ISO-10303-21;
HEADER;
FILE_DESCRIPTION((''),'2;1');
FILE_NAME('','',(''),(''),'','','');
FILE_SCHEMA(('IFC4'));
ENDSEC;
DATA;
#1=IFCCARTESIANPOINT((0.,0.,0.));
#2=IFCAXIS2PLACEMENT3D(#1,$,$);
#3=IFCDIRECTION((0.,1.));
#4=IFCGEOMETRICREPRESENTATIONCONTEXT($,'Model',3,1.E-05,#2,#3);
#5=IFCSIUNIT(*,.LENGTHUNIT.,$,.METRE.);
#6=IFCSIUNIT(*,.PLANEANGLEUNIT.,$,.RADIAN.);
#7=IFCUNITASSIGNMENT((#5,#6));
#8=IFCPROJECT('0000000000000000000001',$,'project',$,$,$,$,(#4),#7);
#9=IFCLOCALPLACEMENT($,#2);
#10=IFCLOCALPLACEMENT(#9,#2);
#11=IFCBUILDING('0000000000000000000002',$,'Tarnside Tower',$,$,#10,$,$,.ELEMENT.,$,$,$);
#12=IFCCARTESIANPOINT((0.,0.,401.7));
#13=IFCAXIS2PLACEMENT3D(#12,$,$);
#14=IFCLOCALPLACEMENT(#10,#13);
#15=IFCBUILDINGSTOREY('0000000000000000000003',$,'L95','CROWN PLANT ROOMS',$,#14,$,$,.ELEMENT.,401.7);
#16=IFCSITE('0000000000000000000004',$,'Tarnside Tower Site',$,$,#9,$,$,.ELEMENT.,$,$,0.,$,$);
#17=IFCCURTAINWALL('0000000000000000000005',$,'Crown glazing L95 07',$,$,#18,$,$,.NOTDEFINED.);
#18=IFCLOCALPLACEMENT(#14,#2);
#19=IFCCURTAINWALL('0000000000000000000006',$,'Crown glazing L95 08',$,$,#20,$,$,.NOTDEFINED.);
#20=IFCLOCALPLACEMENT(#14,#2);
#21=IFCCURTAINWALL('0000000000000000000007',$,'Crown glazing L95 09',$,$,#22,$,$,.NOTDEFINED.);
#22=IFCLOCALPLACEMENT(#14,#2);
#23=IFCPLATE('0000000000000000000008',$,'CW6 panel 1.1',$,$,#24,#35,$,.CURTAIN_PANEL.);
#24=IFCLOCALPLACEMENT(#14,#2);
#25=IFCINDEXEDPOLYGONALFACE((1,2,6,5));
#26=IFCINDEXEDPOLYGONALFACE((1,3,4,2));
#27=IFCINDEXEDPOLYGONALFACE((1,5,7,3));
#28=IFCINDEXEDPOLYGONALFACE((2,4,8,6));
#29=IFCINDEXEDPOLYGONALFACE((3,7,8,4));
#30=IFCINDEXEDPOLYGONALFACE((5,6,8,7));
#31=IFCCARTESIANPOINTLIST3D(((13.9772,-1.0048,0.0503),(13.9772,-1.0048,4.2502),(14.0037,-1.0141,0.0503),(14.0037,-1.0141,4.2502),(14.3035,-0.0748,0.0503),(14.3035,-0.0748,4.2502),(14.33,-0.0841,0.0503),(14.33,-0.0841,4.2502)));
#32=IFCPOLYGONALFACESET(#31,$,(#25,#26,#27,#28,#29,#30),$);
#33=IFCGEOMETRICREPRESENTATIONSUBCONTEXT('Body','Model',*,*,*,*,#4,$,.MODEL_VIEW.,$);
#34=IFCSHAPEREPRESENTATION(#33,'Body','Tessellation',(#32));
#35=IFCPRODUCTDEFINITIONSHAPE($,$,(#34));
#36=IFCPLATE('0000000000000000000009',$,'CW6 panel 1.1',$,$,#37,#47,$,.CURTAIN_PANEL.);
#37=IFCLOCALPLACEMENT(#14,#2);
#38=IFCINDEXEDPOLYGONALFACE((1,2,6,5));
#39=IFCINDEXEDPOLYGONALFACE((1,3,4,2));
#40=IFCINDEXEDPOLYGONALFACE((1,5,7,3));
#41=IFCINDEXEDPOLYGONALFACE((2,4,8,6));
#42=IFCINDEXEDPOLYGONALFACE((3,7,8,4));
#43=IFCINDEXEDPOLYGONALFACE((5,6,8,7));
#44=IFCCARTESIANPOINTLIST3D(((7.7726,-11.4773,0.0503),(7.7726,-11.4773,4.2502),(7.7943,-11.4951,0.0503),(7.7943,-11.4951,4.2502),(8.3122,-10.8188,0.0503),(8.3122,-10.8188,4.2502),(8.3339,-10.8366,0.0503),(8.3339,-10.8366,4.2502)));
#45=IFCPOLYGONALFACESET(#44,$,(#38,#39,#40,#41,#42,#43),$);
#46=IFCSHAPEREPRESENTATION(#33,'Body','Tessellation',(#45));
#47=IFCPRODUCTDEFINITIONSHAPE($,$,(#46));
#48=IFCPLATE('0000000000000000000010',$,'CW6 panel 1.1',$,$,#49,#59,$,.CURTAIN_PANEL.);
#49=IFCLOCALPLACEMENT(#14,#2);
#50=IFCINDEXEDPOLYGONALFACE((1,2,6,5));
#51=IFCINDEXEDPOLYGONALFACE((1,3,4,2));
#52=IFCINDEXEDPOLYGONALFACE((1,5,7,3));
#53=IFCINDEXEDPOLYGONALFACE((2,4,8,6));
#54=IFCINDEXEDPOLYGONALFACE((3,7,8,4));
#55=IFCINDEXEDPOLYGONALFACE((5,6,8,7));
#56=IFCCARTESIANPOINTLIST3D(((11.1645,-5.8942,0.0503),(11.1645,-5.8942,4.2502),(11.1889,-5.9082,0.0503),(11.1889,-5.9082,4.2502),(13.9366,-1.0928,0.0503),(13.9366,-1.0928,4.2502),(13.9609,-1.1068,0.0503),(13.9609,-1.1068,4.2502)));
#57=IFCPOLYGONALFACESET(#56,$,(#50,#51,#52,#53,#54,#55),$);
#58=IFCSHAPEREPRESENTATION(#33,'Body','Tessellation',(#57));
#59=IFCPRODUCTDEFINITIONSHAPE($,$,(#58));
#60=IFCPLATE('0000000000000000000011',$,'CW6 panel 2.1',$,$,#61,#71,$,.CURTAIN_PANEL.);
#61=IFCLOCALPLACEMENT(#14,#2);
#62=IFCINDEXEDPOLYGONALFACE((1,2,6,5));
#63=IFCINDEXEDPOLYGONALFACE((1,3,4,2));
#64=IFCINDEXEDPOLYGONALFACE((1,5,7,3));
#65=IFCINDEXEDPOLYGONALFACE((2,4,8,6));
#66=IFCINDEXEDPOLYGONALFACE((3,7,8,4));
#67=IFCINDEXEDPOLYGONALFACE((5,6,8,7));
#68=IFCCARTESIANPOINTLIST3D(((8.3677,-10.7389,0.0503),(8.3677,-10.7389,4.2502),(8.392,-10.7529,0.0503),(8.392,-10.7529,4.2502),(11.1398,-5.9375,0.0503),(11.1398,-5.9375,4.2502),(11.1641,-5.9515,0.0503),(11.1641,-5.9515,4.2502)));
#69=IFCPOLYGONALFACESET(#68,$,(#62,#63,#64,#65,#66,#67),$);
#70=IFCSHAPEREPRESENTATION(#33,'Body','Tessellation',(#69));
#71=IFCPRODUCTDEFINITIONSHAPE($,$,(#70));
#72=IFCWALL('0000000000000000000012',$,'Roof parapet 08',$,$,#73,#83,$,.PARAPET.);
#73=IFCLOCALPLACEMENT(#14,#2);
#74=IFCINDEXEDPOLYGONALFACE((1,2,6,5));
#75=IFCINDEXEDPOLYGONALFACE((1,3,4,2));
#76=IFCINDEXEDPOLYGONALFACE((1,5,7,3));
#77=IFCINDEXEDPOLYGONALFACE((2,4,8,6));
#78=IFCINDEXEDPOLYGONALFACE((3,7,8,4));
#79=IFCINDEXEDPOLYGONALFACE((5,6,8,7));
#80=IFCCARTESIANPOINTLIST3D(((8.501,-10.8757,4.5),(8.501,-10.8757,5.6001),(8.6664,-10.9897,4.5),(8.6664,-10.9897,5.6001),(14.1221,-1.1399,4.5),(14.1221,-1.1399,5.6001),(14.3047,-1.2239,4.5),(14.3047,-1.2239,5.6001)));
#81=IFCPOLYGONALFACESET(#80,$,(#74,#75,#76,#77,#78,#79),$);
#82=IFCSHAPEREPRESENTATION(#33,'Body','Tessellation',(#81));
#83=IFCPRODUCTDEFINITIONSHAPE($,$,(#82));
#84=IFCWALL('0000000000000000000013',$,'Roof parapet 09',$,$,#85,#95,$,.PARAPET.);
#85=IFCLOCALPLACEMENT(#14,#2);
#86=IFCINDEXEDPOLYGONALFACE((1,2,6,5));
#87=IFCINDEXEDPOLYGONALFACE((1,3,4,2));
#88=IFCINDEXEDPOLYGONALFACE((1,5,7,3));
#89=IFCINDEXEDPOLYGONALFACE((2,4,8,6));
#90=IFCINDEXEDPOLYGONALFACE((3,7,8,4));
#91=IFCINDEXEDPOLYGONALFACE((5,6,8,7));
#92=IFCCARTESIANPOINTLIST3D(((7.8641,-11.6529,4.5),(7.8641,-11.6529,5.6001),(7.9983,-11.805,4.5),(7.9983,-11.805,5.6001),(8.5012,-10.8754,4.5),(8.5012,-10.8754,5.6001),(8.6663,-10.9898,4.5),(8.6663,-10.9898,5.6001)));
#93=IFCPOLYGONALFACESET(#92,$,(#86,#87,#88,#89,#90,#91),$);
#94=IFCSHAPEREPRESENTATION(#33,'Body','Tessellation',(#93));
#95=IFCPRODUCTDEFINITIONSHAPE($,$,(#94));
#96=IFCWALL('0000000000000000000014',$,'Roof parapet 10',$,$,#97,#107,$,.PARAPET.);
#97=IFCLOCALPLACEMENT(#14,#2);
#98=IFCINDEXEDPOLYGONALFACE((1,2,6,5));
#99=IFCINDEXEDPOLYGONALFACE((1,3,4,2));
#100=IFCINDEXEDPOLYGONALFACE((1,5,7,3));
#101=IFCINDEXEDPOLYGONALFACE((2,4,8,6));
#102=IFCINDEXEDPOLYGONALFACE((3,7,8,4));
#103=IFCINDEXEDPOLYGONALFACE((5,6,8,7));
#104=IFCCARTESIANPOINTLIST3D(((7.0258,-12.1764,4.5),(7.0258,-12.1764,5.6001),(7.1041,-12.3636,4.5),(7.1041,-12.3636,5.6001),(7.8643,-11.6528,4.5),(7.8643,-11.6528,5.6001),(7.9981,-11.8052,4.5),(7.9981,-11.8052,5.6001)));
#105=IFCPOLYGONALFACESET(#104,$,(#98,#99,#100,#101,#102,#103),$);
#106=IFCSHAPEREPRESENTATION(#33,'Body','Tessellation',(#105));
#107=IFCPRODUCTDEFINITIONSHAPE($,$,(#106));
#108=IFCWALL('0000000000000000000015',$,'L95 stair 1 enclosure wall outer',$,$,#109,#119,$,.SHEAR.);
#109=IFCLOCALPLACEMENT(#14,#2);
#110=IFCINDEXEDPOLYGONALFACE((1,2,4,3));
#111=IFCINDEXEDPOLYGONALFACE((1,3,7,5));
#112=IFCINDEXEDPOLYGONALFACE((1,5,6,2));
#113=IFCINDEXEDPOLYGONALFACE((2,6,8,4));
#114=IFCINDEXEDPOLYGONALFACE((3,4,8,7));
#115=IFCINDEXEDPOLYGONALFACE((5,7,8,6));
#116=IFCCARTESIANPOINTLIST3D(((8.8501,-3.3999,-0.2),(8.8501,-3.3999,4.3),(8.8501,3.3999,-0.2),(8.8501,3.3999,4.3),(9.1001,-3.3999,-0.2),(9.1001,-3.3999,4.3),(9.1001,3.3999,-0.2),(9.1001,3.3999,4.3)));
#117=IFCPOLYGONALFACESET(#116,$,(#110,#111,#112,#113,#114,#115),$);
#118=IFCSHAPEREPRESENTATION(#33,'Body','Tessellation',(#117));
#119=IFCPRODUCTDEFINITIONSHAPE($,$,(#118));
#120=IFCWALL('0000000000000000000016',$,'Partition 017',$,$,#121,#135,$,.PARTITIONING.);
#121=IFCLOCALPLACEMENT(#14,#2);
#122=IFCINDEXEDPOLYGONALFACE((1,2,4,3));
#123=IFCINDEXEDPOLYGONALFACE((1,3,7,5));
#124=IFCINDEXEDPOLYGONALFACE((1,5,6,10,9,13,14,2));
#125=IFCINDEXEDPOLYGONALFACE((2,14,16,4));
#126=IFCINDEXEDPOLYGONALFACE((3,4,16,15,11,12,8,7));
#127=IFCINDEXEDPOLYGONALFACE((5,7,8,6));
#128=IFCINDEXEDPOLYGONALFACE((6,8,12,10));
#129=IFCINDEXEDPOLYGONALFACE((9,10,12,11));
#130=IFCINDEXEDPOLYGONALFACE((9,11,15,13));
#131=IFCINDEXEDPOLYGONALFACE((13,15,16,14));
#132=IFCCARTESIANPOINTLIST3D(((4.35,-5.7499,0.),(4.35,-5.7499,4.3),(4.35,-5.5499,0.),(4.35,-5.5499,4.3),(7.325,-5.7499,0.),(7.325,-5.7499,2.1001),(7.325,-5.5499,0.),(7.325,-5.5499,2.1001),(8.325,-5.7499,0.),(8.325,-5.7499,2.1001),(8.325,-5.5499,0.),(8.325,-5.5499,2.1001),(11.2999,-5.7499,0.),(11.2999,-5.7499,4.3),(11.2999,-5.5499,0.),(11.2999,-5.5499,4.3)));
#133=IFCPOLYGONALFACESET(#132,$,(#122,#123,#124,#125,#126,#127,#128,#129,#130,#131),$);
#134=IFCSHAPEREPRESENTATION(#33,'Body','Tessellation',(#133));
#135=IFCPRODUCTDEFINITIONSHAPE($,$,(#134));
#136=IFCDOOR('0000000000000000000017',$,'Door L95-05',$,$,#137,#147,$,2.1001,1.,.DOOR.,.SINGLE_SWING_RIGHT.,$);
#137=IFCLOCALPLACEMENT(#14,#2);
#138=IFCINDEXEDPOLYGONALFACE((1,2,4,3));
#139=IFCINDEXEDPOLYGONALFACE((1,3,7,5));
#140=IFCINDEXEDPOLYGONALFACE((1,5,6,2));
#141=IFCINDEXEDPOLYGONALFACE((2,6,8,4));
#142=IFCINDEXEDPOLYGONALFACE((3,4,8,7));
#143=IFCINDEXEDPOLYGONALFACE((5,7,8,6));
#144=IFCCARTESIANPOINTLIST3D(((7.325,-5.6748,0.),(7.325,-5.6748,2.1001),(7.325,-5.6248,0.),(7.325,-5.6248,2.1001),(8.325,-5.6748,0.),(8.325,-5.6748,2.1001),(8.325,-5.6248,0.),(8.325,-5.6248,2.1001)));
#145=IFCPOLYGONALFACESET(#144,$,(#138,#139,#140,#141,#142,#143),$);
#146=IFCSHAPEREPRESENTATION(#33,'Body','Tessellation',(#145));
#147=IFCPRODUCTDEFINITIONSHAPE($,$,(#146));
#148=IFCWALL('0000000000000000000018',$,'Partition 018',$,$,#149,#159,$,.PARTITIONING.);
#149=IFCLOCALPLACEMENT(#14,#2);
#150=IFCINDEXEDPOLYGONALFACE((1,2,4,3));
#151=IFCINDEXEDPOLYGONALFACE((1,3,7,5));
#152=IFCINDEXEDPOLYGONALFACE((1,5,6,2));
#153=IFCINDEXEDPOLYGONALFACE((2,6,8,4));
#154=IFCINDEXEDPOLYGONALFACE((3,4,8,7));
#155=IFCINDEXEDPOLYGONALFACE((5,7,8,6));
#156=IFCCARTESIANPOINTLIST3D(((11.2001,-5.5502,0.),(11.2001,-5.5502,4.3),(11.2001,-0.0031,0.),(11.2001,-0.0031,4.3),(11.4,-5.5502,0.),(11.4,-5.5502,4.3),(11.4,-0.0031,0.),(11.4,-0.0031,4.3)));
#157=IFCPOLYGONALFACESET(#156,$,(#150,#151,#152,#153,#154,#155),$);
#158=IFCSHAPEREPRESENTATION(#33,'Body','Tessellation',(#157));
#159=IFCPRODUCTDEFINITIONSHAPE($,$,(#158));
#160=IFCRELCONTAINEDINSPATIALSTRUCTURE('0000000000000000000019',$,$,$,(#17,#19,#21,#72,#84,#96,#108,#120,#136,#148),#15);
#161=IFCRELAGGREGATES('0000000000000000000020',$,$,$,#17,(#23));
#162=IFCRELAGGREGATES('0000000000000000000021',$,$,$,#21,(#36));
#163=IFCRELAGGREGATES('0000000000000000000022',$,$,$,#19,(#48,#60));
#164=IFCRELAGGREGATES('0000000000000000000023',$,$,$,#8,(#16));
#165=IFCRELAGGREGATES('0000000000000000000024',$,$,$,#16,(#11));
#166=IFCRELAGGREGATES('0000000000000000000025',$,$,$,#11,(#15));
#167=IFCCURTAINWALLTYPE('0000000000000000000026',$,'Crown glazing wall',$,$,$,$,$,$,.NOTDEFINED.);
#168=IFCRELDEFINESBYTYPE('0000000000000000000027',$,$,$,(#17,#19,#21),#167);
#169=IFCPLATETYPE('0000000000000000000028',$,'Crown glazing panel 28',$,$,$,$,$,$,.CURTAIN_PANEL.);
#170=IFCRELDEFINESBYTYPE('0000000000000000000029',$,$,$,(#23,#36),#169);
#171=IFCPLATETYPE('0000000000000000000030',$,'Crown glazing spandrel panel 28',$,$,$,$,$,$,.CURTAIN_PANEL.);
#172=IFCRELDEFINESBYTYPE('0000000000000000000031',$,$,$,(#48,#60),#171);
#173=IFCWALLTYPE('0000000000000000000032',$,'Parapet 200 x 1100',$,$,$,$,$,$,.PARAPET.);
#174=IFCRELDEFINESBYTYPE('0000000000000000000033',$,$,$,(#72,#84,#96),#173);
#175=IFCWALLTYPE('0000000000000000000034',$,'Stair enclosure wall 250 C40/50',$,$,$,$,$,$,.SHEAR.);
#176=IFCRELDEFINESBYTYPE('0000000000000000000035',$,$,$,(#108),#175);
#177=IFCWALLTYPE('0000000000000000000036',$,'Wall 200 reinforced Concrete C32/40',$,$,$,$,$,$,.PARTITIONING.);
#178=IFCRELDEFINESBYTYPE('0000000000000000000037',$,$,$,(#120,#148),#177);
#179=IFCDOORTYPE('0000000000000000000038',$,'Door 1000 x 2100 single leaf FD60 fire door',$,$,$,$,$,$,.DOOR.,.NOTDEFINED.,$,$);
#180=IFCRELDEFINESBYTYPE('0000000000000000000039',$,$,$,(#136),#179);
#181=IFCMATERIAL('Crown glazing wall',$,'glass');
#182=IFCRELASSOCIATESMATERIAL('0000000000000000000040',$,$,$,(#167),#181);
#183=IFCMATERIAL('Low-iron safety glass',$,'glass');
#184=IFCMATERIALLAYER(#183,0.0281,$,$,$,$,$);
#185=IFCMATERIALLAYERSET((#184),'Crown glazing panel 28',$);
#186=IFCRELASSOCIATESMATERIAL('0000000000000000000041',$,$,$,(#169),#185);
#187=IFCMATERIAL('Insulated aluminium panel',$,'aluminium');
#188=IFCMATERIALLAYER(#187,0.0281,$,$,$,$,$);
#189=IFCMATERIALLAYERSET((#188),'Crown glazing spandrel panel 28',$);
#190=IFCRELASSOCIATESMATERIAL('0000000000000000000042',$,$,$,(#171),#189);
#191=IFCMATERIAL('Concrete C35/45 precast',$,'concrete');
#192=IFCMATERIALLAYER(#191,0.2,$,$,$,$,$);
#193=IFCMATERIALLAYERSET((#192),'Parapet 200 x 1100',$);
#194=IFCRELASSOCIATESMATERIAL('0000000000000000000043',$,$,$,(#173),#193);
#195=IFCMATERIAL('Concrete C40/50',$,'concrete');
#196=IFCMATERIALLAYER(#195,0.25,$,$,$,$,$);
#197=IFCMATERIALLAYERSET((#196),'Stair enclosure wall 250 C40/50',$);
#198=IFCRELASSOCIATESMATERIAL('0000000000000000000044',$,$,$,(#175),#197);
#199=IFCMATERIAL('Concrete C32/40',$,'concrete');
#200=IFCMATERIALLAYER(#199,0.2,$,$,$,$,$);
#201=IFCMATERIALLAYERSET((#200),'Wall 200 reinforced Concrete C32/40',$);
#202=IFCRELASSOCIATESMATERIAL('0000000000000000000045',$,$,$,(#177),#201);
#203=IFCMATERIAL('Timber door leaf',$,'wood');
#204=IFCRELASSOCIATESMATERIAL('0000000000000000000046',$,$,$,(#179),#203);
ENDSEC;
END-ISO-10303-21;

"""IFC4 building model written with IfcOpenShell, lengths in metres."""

from ifc_helpers import new_model, si_unit, direction, frame, frame_2d, origin, origin_2d, place, context, subcontext, project, spatial, polyline, rectangle, outline, extrude, material, layer, layer_set, type_object, element, fill, aggregate, save


model = new_model("IFC4")

# Units and contexts
model_context = context("Model", 3, precision=1e-05, world=origin(), true_north=direction((0.0, 1.0)))
body_context = subcontext(model_context, "Body", "Model", "MODEL_VIEW")
ifc_project = project(units=[si_unit("LENGTHUNIT", "METRE"), si_unit("PLANEANGLEUNIT", "RADIAN")], contexts=[model_context])

# Site, building, storey
site_placement = place(None, origin())
site = spatial("IfcSite", under=ifc_project, at=site_placement, Name="Tarnside Tower Site", CompositionType="ELEMENT", RefElevation=0.0)
building_placement = place(site_placement, origin())
building = spatial("IfcBuilding", under=site, at=building_placement, Name="Tarnside Tower", CompositionType="ELEMENT")
storey_placement = place(building_placement, frame((0.0, 0.0, 401.7)))
storey = spatial("IfcBuildingStorey", under=building, at=storey_placement, Name="L95", Description="CROWN PLANT ROOMS", CompositionType="ELEMENT", Elevation=401.7)

# Curtain wall
ifc_material_1 = material(Name="Crown glazing wall", Category="glass")
curtain_wall_type = type_object("IfcCurtainWallType", Name="Crown glazing wall", PredefinedType="NOTDEFINED", material=ifc_material_1)
curtain_wall_1_placement = place(storey_placement, origin())
curtain_wall_1 = element("IfcCurtainWall", 1, at=curtain_wall_1_placement, inside=storey, type_object=curtain_wall_type, Name="Crown glazing L95 07", PredefinedType="NOTDEFINED")

# Curtain walls
curtain_wall_2_placement = place(storey_placement, origin())
curtain_wall_2 = element("IfcCurtainWall", 2, at=curtain_wall_2_placement, inside=storey, type_object=curtain_wall_type, Name="Crown glazing L95 08", PredefinedType="NOTDEFINED")
curtain_wall_3_placement = place(storey_placement, origin())
curtain_wall_3 = element("IfcCurtainWall", 3, at=curtain_wall_3_placement, inside=storey, type_object=curtain_wall_type, Name="Crown glazing L95 09", PredefinedType="NOTDEFINED")

# Plates
ifc_material_2 = material(Name="Low-iron safety glass", Category="glass")
ifc_layer_1 = layer(ifc_material_2, 0.0281)
ifc_layer_set_1 = layer_set([ifc_layer_1], Name="Crown glazing panel 28")
plate_type_1 = type_object("IfcPlateType", Name="Crown glazing panel 28", PredefinedType="CURTAIN_PANEL", material=ifc_layer_set_1)
plate_1_placement = place(storey_placement, frame((14.1536, -0.5444, 0.0503), z_axis=(0.0, 0.0, 1.0), x_axis=(-0.331063, -0.943609, 0.0)))
plate_1 = element("IfcPlate", 4, at=plate_1_placement, type_object=plate_type_1, Name="CW6 panel 1.1", PredefinedType="CURTAIN_PANEL", context=body_context, shape_type="SweptSolid", body=[
    extrude(rectangle(XDim=0.9856, YDim=0.0281, at=origin_2d()), origin(), (0.0, 0.0, 1.0), 4.2),
])
aggregate(curtain_wall_1, [plate_1])
plate_2_placement = place(storey_placement, frame((8.0532, -11.157, 0.0503), z_axis=(0.0, 0.0, 1.0), x_axis=(-0.633831, -0.773472, 0.0)))
plate_2 = element("IfcPlate", 5, at=plate_2_placement, type_object=plate_type_1, Name="CW6 panel 1.1", PredefinedType="CURTAIN_PANEL", context=body_context, shape_type="SweptSolid", body=[
    extrude(rectangle(XDim=0.8513, YDim=0.0281, at=origin_2d()), origin(), (0.0, 0.0, 1.0), 4.2),
])
aggregate(curtain_wall_3, [plate_2])
ifc_material_3 = material(Name="Insulated aluminium panel", Category="aluminium")
ifc_layer_2 = layer(ifc_material_3, 0.0281)
ifc_layer_set_2 = layer_set([ifc_layer_2], Name="Crown glazing spandrel panel 28")
plate_type_2 = type_object("IfcPlateType", Name="Crown glazing spandrel panel 28", PredefinedType="CURTAIN_PANEL", material=ifc_layer_set_2)
plate_3_placement = place(storey_placement, frame((12.5627, -3.5005, 0.0503), z_axis=(0.0, 0.0, 1.0), x_axis=(-0.5, -0.866025, 0.0)))
plate_3 = element("IfcPlate", 6, at=plate_3_placement, type_object=plate_type_2, Name="CW6 panel 1.1", PredefinedType="CURTAIN_PANEL", context=body_context, shape_type="SweptSolid", body=[
    extrude(rectangle(XDim=5.5442, YDim=0.0281, at=origin_2d()), origin(), (0.0, 0.0, 1.0), 4.2),
])
plate_4_placement = place(storey_placement, frame((9.7659, -8.3452, 0.0503), z_axis=(0.0, 0.0, 1.0), x_axis=(-0.5, -0.866025, 0.0)))
plate_4 = element("IfcPlate", 7, at=plate_4_placement, type_object=plate_type_2, Name="CW6 panel 2.1", PredefinedType="CURTAIN_PANEL", context=body_context, shape_type="SweptSolid", body=[
    extrude(rectangle(XDim=5.5442, YDim=0.0281, at=origin_2d()), origin(), (0.0, 0.0, 1.0), 4.2),
])
aggregate(curtain_wall_2, [plate_3, plate_4])

# Walls
ifc_material_4 = material(Name="Concrete C35/45 precast", Category="concrete")
ifc_layer_3 = layer(ifc_material_4, 0.2)
ifc_layer_set_3 = layer_set([ifc_layer_3], Name="Parapet 200 x 1100")
wall_type_1 = type_object("IfcWallType", Name="Parapet 200 x 1100", PredefinedType="PARAPET", material=ifc_layer_set_3)
wall_1_placement = place(storey_placement, frame((14.2134, -1.1819, 4.5), z_axis=(0.0, 0.0, 1.0), x_axis=(-0.500003, -0.866023, 0.0)))
element("IfcWall", 8, at=wall_1_placement, inside=storey, type_object=wall_type_1, Name="Roof parapet 08", PredefinedType="PARAPET", context=body_context, shape_type="SweptSolid", body=[
    extrude(outline(polyline([(0.0093, -0.1001), (11.2512, -0.1001), (11.2673, 0.1001), (-0.0093, 0.1001), (0.0093, -0.1001)])), origin(), (0.0, 0.0, 1.0), 1.1001),
])
wall_2_placement = place(storey_placement, frame((8.5837, -10.9326, 4.5), z_axis=(0.0, 0.0, 1.0), x_axis=(-0.633819, -0.773482, 0.0)))
element("IfcWall", 9, at=wall_2_placement, inside=storey, type_object=wall_type_1, Name="Roof parapet 09", PredefinedType="PARAPET", context=body_context, shape_type="SweptSolid", body=[
    extrude(outline(polyline([(0.0081, -0.1001), (1.0132, -0.1001), (1.0459, 0.1001), (-0.0081, 0.1001), (0.0081, -0.1001)])), origin(), (0.0, 0.0, 1.0), 1.1001),
])
wall_3_placement = place(storey_placement, frame((7.9312, -11.729, 4.5), z_axis=(0.0, 0.0, 1.0), x_axis=(-0.848159, -0.529741, 0.0)))
element("IfcWall", 10, at=wall_3_placement, inside=storey, type_object=wall_type_1, Name="Roof parapet 10", PredefinedType="PARAPET", context=body_context, shape_type="SweptSolid", body=[
    extrude(outline(polyline([(0.0164, -0.1001), (1.0049, -0.1001), (1.0376, 0.1001), (-0.0164, 0.1001), (0.0164, -0.1001)])), origin(), (0.0, 0.0, 1.0), 1.1001),
])
ifc_material_5 = material(Name="Concrete C40/50", Category="concrete")
ifc_layer_4 = layer(ifc_material_5, 0.25)
ifc_layer_set_4 = layer_set([ifc_layer_4], Name="Stair enclosure wall 250 C40/50")
wall_type_2 = type_object("IfcWallType", Name="Stair enclosure wall 250 C40/50", PredefinedType="SHEAR", material=ifc_layer_set_4)
wall_4_placement = place(storey_placement, frame((8.9751, -3.3999, -0.2), z_axis=(0.0, 0.0, 1.0), x_axis=(0.0, 1.0, 0.0)))
element("IfcWall", 11, at=wall_4_placement, inside=storey, type_object=wall_type_2, Name="L95 stair 1 enclosure wall outer", PredefinedType="SHEAR", context=body_context, shape_type="SweptSolid", body=[
    extrude(rectangle(XDim=6.7998, YDim=0.25, at=frame_2d((3.3999, 0.0))), origin(), (0.0, 0.0, 1.0), 4.5),
])

# Wall, opening, door
ifc_material_6 = material(Name="Concrete C32/40", Category="concrete")
ifc_layer_5 = layer(ifc_material_6, 0.2)
ifc_layer_set_5 = layer_set([ifc_layer_5], Name="Wall 200 reinforced Concrete C32/40")
wall_type_3 = type_object("IfcWallType", Name="Wall 200 reinforced Concrete C32/40", PredefinedType="PARTITIONING", material=ifc_layer_set_5)
wall_5_placement = place(storey_placement, frame((11.3, -5.6499, 0.0), z_axis=(0.0, 0.0, 1.0), x_axis=(-1.0, 0.0, 0.0)))
wall_5 = element("IfcWall", 12, at=wall_5_placement, inside=storey, type_object=wall_type_3, Name="Partition 017", PredefinedType="PARTITIONING", context=body_context, shape_type="SweptSolid", body=[
    extrude(rectangle(XDim=6.95, YDim=0.2, at=frame_2d((3.4751, 0.0))), origin(), (0.0, 0.0, 1.0), 4.3),
])
opening_placement = place(wall_5_placement, frame((2.9751, 0.0, 0.0)))
opening = element("IfcOpeningElement", 13, at=opening_placement, cuts=wall_5, PredefinedType="OPENING", context=body_context, shape_type="SweptSolid", body=[
    extrude(rectangle(XDim=1.0, YDim=2.1001, at=frame_2d((0.5, 1.05))), frame((0.0, 0.1099, 0.0), z_axis=(0.0, -1.0, 0.0), x_axis=(1.0, 0.0, 0.0)), (0.0, 0.0, 1.0), 0.22),
])
ifc_material_7 = material(Name="Timber door leaf", Category="wood")
door_type = type_object("IfcDoorType", Name="Door 1000 x 2100 single leaf FD60 fire door", OperationType="NOTDEFINED", PredefinedType="DOOR", material=ifc_material_7)
door_placement = place(opening_placement, origin())
door = element("IfcDoor", 14, at=door_placement, inside=storey, type_object=door_type, Name="Door L95-05", OperationType="SINGLE_SWING_RIGHT", OverallHeight=2.1001, OverallWidth=1.0, PredefinedType="DOOR", context=body_context, shape_type="SweptSolid", body=[
    extrude(rectangle(XDim=1.0, YDim=2.1001, at=frame_2d((0.5, 1.05))), frame((0.0, 0.0249, 0.0), z_axis=(0.0, -1.0, 0.0), x_axis=(1.0, 0.0, 0.0)), (0.0, 0.0, 1.0), 0.05),
])
fill(opening, door)

# Wall
wall_6_placement = place(storey_placement, frame((11.3, -5.55, 0.0), z_axis=(0.0, 0.0, 1.0), x_axis=(0.0, 1.0, 0.0)))
element("IfcWall", 15, at=wall_6_placement, inside=storey, type_object=wall_type_3, Name="Partition 018", PredefinedType="PARTITIONING", context=body_context, shape_type="SweptSolid", body=[
    extrude(rectangle(XDim=5.5471, YDim=0.2, at=frame_2d((2.7734, 0.0))), origin(), (0.0, 0.0, 1.0), 4.3),
])

save(model, "model.ifc")
